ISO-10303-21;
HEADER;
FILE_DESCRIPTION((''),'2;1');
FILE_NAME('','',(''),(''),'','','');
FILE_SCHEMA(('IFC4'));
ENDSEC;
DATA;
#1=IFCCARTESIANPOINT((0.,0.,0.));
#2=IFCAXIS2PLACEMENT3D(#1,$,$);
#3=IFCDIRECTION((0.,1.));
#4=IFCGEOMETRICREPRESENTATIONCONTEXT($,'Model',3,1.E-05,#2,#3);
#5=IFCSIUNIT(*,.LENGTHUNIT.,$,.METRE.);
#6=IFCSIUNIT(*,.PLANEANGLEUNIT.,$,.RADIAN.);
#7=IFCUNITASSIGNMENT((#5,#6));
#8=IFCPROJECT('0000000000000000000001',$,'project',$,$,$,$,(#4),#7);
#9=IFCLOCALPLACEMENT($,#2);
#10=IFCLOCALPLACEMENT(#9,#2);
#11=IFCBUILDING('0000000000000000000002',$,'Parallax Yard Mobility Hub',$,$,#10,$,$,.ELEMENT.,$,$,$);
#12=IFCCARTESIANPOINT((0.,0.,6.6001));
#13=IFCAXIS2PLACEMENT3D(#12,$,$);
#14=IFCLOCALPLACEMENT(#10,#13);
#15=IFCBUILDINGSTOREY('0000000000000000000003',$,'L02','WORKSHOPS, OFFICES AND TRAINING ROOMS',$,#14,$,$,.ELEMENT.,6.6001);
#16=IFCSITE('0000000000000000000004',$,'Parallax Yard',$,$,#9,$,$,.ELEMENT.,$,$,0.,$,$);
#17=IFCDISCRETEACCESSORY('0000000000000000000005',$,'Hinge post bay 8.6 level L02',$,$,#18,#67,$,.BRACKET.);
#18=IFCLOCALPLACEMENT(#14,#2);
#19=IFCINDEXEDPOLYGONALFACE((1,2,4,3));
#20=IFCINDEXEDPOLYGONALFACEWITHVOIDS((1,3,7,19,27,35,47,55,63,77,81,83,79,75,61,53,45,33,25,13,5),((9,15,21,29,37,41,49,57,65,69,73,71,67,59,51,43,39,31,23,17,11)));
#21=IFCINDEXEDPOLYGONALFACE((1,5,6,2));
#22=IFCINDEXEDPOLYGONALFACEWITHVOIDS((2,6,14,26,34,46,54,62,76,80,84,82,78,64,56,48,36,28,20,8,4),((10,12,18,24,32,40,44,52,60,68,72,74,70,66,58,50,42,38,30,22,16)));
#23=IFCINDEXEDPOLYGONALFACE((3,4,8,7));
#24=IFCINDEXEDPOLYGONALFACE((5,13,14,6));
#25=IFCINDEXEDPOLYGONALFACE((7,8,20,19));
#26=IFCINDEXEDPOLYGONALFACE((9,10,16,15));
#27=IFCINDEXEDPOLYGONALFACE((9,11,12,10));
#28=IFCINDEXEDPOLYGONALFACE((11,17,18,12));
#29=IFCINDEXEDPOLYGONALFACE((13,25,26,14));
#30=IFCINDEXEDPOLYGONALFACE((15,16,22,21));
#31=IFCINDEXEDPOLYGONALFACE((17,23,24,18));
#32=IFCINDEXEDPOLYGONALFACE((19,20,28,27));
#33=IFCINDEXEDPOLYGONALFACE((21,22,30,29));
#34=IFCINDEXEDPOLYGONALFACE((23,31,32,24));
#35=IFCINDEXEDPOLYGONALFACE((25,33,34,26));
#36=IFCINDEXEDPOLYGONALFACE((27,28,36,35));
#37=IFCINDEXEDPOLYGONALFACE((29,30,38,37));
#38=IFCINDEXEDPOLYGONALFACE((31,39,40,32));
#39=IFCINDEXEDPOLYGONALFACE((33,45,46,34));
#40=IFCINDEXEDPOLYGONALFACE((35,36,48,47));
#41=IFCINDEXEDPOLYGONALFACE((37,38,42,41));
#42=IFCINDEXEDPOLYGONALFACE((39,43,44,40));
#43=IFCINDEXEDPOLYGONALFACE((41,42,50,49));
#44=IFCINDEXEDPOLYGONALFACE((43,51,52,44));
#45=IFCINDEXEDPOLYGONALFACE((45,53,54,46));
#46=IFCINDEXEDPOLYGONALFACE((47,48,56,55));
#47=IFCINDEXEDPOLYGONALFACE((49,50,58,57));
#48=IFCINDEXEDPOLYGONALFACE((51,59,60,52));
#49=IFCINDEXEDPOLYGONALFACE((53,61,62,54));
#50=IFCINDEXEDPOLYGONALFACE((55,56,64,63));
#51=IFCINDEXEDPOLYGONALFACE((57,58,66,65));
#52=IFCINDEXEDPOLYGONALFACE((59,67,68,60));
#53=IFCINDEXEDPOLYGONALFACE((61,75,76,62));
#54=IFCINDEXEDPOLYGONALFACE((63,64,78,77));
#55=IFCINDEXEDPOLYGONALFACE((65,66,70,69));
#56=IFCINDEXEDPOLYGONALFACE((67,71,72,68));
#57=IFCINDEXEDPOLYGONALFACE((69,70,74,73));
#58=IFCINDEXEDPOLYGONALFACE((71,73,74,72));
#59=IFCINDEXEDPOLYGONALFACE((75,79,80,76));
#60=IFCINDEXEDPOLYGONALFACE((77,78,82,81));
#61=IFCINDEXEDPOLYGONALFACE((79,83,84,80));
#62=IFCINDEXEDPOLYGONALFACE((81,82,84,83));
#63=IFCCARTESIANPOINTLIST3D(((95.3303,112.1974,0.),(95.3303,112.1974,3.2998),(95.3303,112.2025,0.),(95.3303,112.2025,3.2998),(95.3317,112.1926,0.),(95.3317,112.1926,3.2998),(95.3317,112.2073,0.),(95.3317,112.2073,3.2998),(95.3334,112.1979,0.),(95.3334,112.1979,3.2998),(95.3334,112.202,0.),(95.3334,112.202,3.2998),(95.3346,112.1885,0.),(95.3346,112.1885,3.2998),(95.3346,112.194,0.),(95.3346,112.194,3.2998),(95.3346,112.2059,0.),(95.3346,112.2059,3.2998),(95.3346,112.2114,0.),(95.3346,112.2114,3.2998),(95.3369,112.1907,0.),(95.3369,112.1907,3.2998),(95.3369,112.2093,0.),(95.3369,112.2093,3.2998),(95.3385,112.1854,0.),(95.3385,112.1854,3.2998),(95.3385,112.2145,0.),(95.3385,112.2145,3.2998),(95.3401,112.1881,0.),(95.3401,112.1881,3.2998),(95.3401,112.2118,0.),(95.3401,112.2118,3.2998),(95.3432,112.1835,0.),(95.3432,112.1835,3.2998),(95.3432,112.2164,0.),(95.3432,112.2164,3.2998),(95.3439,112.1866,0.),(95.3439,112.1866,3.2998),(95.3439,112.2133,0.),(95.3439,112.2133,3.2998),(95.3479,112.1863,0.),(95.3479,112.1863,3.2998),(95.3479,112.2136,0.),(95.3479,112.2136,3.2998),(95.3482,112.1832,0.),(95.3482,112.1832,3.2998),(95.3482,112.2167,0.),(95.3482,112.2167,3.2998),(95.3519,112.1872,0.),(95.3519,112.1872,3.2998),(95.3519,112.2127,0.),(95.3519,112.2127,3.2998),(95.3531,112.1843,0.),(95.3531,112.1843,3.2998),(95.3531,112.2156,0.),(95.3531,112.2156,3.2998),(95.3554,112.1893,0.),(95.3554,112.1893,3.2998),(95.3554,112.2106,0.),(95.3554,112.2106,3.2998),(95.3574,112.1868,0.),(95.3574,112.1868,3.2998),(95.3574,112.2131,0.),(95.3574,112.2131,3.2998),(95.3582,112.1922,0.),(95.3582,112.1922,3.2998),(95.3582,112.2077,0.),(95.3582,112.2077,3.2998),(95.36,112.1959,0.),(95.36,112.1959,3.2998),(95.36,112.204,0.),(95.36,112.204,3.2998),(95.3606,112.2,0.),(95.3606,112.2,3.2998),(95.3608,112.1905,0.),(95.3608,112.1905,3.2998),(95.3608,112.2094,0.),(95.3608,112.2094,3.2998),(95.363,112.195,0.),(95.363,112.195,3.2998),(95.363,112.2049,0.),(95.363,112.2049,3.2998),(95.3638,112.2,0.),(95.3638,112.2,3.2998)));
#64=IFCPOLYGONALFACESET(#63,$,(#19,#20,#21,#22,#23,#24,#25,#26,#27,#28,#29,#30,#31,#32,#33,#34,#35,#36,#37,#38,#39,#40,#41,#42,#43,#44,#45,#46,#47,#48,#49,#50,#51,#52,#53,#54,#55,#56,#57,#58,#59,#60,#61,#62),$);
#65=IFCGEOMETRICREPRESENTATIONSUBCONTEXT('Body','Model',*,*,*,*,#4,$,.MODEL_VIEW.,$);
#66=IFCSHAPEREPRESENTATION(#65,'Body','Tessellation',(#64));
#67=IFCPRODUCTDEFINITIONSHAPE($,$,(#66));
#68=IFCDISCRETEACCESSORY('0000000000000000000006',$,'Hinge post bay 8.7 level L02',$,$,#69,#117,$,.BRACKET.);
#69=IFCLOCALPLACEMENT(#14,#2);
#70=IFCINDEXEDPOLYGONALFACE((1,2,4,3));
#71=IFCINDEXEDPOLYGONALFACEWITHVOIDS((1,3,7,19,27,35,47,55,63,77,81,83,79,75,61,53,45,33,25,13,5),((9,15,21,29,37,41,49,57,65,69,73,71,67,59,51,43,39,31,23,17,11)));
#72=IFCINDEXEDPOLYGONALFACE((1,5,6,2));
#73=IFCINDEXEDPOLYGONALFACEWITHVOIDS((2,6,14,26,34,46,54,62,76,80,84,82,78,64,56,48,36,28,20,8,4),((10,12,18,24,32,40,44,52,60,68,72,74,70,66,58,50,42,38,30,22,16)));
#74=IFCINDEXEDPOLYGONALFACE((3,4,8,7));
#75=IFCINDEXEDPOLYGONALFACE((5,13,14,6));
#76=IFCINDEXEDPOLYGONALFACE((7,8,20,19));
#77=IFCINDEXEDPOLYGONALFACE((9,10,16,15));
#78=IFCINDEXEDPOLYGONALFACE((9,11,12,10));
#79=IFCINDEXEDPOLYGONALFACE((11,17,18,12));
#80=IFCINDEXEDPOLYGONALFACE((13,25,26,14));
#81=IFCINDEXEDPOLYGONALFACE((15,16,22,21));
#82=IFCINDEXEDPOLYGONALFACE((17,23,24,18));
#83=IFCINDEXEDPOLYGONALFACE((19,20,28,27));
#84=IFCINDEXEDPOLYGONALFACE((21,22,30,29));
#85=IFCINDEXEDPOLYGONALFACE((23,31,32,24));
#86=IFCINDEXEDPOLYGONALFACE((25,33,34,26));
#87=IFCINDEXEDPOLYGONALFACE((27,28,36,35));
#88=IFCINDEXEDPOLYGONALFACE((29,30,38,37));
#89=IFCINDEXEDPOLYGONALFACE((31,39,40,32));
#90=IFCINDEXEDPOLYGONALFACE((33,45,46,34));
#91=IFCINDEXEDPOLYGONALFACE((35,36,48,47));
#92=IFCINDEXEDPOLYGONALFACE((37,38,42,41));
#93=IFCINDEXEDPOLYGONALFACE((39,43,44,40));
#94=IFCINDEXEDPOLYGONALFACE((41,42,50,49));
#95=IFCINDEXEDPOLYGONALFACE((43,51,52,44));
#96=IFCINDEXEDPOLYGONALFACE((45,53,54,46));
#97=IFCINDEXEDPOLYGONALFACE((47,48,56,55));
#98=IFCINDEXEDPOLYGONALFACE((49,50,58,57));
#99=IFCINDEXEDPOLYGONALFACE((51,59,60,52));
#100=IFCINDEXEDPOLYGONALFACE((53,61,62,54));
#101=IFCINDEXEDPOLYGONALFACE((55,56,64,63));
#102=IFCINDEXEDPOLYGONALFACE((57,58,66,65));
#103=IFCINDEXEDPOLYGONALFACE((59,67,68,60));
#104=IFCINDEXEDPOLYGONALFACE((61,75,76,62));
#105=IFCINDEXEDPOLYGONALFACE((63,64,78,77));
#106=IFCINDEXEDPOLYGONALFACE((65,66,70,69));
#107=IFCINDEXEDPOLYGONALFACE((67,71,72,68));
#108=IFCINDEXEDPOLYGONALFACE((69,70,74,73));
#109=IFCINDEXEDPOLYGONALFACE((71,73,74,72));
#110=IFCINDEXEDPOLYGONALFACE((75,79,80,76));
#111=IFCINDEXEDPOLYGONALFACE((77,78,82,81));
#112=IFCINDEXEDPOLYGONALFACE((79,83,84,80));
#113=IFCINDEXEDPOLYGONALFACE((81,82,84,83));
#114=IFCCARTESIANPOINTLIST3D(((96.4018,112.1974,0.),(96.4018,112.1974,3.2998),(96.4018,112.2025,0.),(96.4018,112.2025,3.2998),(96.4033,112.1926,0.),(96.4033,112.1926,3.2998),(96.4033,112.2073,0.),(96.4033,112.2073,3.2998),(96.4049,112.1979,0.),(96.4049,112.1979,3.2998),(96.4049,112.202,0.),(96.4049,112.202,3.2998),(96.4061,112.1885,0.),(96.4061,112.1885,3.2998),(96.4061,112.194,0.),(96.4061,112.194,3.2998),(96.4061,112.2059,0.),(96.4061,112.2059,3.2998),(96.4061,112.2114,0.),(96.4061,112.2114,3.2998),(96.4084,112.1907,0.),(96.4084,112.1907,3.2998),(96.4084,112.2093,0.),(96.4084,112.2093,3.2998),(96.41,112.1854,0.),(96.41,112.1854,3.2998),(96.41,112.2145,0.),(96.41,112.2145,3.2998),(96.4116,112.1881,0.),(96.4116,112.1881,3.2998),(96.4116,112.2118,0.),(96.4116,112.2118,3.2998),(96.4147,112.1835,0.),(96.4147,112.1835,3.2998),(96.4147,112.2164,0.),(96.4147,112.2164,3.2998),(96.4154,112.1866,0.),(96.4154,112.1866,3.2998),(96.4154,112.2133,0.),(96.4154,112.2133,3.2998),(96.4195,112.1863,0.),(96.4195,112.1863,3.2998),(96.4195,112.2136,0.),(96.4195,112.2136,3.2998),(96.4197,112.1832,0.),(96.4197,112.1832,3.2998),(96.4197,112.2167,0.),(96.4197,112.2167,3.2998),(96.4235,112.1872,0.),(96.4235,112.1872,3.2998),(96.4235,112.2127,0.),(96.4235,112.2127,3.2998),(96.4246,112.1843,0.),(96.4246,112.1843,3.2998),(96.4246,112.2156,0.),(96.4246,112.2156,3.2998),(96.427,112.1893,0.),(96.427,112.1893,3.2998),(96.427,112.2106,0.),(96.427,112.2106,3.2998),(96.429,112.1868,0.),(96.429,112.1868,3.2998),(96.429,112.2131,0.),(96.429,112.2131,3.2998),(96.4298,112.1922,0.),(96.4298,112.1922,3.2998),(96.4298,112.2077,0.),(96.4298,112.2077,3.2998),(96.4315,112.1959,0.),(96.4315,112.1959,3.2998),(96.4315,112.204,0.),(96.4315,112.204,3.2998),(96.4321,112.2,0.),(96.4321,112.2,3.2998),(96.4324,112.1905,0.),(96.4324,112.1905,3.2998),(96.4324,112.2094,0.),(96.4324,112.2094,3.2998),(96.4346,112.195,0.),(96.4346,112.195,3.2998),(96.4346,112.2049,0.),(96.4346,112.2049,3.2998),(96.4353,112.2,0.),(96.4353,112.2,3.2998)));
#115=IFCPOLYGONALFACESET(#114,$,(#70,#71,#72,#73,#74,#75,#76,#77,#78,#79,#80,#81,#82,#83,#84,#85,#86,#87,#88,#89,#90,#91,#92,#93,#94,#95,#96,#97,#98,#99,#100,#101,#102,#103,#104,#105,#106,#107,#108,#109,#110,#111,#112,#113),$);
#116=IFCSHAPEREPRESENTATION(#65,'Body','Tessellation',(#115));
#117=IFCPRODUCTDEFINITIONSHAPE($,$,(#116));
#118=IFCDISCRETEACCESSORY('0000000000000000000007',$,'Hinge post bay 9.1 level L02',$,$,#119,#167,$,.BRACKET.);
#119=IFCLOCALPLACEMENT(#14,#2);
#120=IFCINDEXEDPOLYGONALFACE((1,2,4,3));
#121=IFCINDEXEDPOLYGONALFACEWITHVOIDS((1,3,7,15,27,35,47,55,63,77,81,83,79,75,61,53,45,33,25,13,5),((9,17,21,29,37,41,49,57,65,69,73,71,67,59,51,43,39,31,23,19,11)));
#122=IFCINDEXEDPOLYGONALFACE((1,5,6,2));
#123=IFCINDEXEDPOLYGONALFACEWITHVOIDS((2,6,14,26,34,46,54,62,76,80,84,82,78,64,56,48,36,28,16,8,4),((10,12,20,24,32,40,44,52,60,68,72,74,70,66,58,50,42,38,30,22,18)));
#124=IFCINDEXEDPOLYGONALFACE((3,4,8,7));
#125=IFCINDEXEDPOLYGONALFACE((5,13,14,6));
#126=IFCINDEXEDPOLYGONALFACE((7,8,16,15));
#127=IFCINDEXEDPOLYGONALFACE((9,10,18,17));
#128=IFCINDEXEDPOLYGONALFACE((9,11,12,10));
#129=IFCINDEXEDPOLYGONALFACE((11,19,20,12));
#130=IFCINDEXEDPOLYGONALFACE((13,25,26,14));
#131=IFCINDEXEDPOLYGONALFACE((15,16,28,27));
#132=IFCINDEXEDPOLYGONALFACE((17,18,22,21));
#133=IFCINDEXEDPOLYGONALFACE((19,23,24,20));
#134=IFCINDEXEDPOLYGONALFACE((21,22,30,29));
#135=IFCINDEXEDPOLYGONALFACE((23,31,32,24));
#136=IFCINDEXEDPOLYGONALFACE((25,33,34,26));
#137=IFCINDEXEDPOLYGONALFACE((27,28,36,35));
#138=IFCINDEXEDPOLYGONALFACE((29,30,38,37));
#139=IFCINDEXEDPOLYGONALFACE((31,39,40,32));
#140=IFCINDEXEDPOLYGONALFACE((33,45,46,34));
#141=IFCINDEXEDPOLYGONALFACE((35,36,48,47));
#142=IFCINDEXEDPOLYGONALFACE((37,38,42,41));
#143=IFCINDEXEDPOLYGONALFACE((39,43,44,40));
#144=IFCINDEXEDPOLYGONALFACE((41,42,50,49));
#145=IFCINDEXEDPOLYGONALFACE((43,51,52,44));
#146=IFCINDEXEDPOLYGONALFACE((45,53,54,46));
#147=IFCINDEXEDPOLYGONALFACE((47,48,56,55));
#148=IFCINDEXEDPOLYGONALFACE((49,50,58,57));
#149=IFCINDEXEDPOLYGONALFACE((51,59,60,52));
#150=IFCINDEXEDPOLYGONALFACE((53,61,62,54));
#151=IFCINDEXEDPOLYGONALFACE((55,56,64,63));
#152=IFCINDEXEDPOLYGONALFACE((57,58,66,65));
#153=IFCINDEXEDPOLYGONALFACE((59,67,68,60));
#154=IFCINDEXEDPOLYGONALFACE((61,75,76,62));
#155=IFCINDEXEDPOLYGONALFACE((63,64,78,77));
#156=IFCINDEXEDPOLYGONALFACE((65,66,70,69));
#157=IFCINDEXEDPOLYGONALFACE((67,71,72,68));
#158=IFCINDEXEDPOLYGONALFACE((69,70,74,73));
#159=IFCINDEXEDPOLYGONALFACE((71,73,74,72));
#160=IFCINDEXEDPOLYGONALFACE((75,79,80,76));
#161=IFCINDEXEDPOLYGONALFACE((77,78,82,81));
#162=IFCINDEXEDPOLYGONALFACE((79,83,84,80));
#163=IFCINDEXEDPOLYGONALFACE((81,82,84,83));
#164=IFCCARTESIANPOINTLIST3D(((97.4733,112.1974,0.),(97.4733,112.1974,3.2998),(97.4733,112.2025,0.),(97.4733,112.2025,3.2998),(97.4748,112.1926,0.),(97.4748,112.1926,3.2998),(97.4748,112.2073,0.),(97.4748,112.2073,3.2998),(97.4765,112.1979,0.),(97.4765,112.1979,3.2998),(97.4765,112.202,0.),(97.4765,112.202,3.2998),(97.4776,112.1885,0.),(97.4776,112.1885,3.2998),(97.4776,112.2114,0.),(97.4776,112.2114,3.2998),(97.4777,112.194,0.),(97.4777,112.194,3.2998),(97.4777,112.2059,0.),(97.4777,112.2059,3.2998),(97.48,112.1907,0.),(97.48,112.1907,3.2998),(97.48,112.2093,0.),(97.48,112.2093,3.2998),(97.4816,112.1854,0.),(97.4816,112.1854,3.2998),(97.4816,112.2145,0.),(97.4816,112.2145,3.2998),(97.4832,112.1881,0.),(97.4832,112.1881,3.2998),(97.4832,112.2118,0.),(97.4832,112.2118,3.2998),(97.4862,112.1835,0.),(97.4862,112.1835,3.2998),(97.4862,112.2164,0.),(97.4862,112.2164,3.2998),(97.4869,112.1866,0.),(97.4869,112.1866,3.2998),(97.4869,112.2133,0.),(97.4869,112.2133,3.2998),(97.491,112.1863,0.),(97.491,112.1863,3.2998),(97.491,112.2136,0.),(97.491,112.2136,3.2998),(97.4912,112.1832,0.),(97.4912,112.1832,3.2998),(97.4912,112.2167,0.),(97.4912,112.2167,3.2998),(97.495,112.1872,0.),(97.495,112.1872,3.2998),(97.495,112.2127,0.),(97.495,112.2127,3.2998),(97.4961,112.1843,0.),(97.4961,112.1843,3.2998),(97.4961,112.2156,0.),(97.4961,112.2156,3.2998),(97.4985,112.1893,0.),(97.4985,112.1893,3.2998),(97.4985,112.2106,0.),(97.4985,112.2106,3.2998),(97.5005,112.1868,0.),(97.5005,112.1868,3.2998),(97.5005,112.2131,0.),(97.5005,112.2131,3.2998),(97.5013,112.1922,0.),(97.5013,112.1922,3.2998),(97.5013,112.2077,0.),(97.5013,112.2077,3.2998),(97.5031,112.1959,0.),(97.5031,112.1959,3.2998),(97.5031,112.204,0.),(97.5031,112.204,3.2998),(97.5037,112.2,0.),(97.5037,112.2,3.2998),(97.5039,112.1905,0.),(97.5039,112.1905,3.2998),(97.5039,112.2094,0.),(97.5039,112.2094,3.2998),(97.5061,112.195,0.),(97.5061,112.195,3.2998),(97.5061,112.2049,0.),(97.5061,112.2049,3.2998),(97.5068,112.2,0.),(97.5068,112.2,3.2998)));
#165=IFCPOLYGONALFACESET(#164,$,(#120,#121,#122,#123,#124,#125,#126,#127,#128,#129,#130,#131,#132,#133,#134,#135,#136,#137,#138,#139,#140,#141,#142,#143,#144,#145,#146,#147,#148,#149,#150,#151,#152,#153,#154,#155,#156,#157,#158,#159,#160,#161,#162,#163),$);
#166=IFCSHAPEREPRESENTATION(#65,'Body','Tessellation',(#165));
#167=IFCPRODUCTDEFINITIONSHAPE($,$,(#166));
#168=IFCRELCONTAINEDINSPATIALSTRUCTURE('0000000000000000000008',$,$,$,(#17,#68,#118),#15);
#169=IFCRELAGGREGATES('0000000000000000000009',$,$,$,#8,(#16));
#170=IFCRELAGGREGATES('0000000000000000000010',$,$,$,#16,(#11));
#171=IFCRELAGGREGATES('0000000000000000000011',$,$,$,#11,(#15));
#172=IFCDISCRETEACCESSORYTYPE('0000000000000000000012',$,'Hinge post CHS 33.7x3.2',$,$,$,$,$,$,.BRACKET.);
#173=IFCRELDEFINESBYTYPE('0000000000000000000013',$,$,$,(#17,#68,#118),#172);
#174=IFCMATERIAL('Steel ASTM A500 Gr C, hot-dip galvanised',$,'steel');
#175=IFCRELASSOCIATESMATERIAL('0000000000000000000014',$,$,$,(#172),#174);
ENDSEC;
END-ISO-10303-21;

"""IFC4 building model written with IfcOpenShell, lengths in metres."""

from ifc_helpers import new_model, si_unit, direction, frame, origin, origin_2d, place, context, subcontext, project, spatial, hollow_circle, extrude, material, material_profile, profile_set, type_object, element, save


model = new_model("IFC4")

# Units and contexts
model_context = context("Model", 3, precision=1e-05, world=origin(), true_north=direction((0.0, 1.0)))
body_context = subcontext(model_context, "Body", "Model", "MODEL_VIEW")
ifc_project = project(units=[si_unit("LENGTHUNIT", "METRE"), si_unit("PLANEANGLEUNIT", "RADIAN")], contexts=[model_context])

# Site, building, storey
site_placement = place(None, origin())
site = spatial("IfcSite", under=ifc_project, at=site_placement, Name="Parallax Yard", CompositionType="ELEMENT", RefElevation=0.0)
building_placement = place(site_placement, origin())
building = spatial("IfcBuilding", under=site, at=building_placement, Name="Parallax Yard Mobility Hub", CompositionType="ELEMENT")
storey_placement = place(building_placement, frame((0.0, 0.0, 6.6001)))
storey = spatial("IfcBuildingStorey", under=building, at=storey_placement, Name="L02", Description="WORKSHOPS, OFFICES AND TRAINING ROOMS", CompositionType="ELEMENT", Elevation=6.6001)

# Discrete accessories
ifc_material_1 = material(Name="Steel ASTM A500 Gr C, hot-dip galvanised", Category="steel")
ifc_material_profile = material_profile(ifc_material_1, hollow_circle(Radius=0.0168, WallThickness=0.0032, at=origin_2d()), Name="CHS 33.7x3.2")
ifc_profile_set = profile_set([ifc_material_profile], Name="Steel ASTM A500 Gr C, hot-dip galvanised")
discrete_accessory_type = type_object("IfcDiscreteAccessoryType", Name="Hinge post CHS 33.7x3.2", PredefinedType="BRACKET", material=ifc_profile_set)
for number, where, z_axis, x_axis, name in (
    (1, (95.3469, 112.2, 0.0), (0.0, 0.0, 1.0), (1.0, 0.0, 0.0), "Hinge post bay 8.6 level L02"),
    (2, (96.4185, 112.2, 0.0), (0.0, 0.0, 1.0), (1.0, 0.0, 0.0), "Hinge post bay 8.7 level L02"),
    (3, (97.49, 112.2, 0.0), (0.0, 0.0, 1.0), (1.0, 0.0, 0.0), "Hinge post bay 9.1 level L02"),
):
    element("IfcDiscreteAccessory", number, at=place(storey_placement, frame(where, z_axis=z_axis, x_axis=x_axis)), inside=storey, type_object=discrete_accessory_type, Name=name, PredefinedType="BRACKET", context=body_context, shape_type="SweptSolid", body=[
        extrude(hollow_circle(Radius=0.0168, WallThickness=0.0032, at=origin_2d()), origin(), (0.0, 0.0, 1.0), 3.2998),
    ])

save(model, "model.ifc")
